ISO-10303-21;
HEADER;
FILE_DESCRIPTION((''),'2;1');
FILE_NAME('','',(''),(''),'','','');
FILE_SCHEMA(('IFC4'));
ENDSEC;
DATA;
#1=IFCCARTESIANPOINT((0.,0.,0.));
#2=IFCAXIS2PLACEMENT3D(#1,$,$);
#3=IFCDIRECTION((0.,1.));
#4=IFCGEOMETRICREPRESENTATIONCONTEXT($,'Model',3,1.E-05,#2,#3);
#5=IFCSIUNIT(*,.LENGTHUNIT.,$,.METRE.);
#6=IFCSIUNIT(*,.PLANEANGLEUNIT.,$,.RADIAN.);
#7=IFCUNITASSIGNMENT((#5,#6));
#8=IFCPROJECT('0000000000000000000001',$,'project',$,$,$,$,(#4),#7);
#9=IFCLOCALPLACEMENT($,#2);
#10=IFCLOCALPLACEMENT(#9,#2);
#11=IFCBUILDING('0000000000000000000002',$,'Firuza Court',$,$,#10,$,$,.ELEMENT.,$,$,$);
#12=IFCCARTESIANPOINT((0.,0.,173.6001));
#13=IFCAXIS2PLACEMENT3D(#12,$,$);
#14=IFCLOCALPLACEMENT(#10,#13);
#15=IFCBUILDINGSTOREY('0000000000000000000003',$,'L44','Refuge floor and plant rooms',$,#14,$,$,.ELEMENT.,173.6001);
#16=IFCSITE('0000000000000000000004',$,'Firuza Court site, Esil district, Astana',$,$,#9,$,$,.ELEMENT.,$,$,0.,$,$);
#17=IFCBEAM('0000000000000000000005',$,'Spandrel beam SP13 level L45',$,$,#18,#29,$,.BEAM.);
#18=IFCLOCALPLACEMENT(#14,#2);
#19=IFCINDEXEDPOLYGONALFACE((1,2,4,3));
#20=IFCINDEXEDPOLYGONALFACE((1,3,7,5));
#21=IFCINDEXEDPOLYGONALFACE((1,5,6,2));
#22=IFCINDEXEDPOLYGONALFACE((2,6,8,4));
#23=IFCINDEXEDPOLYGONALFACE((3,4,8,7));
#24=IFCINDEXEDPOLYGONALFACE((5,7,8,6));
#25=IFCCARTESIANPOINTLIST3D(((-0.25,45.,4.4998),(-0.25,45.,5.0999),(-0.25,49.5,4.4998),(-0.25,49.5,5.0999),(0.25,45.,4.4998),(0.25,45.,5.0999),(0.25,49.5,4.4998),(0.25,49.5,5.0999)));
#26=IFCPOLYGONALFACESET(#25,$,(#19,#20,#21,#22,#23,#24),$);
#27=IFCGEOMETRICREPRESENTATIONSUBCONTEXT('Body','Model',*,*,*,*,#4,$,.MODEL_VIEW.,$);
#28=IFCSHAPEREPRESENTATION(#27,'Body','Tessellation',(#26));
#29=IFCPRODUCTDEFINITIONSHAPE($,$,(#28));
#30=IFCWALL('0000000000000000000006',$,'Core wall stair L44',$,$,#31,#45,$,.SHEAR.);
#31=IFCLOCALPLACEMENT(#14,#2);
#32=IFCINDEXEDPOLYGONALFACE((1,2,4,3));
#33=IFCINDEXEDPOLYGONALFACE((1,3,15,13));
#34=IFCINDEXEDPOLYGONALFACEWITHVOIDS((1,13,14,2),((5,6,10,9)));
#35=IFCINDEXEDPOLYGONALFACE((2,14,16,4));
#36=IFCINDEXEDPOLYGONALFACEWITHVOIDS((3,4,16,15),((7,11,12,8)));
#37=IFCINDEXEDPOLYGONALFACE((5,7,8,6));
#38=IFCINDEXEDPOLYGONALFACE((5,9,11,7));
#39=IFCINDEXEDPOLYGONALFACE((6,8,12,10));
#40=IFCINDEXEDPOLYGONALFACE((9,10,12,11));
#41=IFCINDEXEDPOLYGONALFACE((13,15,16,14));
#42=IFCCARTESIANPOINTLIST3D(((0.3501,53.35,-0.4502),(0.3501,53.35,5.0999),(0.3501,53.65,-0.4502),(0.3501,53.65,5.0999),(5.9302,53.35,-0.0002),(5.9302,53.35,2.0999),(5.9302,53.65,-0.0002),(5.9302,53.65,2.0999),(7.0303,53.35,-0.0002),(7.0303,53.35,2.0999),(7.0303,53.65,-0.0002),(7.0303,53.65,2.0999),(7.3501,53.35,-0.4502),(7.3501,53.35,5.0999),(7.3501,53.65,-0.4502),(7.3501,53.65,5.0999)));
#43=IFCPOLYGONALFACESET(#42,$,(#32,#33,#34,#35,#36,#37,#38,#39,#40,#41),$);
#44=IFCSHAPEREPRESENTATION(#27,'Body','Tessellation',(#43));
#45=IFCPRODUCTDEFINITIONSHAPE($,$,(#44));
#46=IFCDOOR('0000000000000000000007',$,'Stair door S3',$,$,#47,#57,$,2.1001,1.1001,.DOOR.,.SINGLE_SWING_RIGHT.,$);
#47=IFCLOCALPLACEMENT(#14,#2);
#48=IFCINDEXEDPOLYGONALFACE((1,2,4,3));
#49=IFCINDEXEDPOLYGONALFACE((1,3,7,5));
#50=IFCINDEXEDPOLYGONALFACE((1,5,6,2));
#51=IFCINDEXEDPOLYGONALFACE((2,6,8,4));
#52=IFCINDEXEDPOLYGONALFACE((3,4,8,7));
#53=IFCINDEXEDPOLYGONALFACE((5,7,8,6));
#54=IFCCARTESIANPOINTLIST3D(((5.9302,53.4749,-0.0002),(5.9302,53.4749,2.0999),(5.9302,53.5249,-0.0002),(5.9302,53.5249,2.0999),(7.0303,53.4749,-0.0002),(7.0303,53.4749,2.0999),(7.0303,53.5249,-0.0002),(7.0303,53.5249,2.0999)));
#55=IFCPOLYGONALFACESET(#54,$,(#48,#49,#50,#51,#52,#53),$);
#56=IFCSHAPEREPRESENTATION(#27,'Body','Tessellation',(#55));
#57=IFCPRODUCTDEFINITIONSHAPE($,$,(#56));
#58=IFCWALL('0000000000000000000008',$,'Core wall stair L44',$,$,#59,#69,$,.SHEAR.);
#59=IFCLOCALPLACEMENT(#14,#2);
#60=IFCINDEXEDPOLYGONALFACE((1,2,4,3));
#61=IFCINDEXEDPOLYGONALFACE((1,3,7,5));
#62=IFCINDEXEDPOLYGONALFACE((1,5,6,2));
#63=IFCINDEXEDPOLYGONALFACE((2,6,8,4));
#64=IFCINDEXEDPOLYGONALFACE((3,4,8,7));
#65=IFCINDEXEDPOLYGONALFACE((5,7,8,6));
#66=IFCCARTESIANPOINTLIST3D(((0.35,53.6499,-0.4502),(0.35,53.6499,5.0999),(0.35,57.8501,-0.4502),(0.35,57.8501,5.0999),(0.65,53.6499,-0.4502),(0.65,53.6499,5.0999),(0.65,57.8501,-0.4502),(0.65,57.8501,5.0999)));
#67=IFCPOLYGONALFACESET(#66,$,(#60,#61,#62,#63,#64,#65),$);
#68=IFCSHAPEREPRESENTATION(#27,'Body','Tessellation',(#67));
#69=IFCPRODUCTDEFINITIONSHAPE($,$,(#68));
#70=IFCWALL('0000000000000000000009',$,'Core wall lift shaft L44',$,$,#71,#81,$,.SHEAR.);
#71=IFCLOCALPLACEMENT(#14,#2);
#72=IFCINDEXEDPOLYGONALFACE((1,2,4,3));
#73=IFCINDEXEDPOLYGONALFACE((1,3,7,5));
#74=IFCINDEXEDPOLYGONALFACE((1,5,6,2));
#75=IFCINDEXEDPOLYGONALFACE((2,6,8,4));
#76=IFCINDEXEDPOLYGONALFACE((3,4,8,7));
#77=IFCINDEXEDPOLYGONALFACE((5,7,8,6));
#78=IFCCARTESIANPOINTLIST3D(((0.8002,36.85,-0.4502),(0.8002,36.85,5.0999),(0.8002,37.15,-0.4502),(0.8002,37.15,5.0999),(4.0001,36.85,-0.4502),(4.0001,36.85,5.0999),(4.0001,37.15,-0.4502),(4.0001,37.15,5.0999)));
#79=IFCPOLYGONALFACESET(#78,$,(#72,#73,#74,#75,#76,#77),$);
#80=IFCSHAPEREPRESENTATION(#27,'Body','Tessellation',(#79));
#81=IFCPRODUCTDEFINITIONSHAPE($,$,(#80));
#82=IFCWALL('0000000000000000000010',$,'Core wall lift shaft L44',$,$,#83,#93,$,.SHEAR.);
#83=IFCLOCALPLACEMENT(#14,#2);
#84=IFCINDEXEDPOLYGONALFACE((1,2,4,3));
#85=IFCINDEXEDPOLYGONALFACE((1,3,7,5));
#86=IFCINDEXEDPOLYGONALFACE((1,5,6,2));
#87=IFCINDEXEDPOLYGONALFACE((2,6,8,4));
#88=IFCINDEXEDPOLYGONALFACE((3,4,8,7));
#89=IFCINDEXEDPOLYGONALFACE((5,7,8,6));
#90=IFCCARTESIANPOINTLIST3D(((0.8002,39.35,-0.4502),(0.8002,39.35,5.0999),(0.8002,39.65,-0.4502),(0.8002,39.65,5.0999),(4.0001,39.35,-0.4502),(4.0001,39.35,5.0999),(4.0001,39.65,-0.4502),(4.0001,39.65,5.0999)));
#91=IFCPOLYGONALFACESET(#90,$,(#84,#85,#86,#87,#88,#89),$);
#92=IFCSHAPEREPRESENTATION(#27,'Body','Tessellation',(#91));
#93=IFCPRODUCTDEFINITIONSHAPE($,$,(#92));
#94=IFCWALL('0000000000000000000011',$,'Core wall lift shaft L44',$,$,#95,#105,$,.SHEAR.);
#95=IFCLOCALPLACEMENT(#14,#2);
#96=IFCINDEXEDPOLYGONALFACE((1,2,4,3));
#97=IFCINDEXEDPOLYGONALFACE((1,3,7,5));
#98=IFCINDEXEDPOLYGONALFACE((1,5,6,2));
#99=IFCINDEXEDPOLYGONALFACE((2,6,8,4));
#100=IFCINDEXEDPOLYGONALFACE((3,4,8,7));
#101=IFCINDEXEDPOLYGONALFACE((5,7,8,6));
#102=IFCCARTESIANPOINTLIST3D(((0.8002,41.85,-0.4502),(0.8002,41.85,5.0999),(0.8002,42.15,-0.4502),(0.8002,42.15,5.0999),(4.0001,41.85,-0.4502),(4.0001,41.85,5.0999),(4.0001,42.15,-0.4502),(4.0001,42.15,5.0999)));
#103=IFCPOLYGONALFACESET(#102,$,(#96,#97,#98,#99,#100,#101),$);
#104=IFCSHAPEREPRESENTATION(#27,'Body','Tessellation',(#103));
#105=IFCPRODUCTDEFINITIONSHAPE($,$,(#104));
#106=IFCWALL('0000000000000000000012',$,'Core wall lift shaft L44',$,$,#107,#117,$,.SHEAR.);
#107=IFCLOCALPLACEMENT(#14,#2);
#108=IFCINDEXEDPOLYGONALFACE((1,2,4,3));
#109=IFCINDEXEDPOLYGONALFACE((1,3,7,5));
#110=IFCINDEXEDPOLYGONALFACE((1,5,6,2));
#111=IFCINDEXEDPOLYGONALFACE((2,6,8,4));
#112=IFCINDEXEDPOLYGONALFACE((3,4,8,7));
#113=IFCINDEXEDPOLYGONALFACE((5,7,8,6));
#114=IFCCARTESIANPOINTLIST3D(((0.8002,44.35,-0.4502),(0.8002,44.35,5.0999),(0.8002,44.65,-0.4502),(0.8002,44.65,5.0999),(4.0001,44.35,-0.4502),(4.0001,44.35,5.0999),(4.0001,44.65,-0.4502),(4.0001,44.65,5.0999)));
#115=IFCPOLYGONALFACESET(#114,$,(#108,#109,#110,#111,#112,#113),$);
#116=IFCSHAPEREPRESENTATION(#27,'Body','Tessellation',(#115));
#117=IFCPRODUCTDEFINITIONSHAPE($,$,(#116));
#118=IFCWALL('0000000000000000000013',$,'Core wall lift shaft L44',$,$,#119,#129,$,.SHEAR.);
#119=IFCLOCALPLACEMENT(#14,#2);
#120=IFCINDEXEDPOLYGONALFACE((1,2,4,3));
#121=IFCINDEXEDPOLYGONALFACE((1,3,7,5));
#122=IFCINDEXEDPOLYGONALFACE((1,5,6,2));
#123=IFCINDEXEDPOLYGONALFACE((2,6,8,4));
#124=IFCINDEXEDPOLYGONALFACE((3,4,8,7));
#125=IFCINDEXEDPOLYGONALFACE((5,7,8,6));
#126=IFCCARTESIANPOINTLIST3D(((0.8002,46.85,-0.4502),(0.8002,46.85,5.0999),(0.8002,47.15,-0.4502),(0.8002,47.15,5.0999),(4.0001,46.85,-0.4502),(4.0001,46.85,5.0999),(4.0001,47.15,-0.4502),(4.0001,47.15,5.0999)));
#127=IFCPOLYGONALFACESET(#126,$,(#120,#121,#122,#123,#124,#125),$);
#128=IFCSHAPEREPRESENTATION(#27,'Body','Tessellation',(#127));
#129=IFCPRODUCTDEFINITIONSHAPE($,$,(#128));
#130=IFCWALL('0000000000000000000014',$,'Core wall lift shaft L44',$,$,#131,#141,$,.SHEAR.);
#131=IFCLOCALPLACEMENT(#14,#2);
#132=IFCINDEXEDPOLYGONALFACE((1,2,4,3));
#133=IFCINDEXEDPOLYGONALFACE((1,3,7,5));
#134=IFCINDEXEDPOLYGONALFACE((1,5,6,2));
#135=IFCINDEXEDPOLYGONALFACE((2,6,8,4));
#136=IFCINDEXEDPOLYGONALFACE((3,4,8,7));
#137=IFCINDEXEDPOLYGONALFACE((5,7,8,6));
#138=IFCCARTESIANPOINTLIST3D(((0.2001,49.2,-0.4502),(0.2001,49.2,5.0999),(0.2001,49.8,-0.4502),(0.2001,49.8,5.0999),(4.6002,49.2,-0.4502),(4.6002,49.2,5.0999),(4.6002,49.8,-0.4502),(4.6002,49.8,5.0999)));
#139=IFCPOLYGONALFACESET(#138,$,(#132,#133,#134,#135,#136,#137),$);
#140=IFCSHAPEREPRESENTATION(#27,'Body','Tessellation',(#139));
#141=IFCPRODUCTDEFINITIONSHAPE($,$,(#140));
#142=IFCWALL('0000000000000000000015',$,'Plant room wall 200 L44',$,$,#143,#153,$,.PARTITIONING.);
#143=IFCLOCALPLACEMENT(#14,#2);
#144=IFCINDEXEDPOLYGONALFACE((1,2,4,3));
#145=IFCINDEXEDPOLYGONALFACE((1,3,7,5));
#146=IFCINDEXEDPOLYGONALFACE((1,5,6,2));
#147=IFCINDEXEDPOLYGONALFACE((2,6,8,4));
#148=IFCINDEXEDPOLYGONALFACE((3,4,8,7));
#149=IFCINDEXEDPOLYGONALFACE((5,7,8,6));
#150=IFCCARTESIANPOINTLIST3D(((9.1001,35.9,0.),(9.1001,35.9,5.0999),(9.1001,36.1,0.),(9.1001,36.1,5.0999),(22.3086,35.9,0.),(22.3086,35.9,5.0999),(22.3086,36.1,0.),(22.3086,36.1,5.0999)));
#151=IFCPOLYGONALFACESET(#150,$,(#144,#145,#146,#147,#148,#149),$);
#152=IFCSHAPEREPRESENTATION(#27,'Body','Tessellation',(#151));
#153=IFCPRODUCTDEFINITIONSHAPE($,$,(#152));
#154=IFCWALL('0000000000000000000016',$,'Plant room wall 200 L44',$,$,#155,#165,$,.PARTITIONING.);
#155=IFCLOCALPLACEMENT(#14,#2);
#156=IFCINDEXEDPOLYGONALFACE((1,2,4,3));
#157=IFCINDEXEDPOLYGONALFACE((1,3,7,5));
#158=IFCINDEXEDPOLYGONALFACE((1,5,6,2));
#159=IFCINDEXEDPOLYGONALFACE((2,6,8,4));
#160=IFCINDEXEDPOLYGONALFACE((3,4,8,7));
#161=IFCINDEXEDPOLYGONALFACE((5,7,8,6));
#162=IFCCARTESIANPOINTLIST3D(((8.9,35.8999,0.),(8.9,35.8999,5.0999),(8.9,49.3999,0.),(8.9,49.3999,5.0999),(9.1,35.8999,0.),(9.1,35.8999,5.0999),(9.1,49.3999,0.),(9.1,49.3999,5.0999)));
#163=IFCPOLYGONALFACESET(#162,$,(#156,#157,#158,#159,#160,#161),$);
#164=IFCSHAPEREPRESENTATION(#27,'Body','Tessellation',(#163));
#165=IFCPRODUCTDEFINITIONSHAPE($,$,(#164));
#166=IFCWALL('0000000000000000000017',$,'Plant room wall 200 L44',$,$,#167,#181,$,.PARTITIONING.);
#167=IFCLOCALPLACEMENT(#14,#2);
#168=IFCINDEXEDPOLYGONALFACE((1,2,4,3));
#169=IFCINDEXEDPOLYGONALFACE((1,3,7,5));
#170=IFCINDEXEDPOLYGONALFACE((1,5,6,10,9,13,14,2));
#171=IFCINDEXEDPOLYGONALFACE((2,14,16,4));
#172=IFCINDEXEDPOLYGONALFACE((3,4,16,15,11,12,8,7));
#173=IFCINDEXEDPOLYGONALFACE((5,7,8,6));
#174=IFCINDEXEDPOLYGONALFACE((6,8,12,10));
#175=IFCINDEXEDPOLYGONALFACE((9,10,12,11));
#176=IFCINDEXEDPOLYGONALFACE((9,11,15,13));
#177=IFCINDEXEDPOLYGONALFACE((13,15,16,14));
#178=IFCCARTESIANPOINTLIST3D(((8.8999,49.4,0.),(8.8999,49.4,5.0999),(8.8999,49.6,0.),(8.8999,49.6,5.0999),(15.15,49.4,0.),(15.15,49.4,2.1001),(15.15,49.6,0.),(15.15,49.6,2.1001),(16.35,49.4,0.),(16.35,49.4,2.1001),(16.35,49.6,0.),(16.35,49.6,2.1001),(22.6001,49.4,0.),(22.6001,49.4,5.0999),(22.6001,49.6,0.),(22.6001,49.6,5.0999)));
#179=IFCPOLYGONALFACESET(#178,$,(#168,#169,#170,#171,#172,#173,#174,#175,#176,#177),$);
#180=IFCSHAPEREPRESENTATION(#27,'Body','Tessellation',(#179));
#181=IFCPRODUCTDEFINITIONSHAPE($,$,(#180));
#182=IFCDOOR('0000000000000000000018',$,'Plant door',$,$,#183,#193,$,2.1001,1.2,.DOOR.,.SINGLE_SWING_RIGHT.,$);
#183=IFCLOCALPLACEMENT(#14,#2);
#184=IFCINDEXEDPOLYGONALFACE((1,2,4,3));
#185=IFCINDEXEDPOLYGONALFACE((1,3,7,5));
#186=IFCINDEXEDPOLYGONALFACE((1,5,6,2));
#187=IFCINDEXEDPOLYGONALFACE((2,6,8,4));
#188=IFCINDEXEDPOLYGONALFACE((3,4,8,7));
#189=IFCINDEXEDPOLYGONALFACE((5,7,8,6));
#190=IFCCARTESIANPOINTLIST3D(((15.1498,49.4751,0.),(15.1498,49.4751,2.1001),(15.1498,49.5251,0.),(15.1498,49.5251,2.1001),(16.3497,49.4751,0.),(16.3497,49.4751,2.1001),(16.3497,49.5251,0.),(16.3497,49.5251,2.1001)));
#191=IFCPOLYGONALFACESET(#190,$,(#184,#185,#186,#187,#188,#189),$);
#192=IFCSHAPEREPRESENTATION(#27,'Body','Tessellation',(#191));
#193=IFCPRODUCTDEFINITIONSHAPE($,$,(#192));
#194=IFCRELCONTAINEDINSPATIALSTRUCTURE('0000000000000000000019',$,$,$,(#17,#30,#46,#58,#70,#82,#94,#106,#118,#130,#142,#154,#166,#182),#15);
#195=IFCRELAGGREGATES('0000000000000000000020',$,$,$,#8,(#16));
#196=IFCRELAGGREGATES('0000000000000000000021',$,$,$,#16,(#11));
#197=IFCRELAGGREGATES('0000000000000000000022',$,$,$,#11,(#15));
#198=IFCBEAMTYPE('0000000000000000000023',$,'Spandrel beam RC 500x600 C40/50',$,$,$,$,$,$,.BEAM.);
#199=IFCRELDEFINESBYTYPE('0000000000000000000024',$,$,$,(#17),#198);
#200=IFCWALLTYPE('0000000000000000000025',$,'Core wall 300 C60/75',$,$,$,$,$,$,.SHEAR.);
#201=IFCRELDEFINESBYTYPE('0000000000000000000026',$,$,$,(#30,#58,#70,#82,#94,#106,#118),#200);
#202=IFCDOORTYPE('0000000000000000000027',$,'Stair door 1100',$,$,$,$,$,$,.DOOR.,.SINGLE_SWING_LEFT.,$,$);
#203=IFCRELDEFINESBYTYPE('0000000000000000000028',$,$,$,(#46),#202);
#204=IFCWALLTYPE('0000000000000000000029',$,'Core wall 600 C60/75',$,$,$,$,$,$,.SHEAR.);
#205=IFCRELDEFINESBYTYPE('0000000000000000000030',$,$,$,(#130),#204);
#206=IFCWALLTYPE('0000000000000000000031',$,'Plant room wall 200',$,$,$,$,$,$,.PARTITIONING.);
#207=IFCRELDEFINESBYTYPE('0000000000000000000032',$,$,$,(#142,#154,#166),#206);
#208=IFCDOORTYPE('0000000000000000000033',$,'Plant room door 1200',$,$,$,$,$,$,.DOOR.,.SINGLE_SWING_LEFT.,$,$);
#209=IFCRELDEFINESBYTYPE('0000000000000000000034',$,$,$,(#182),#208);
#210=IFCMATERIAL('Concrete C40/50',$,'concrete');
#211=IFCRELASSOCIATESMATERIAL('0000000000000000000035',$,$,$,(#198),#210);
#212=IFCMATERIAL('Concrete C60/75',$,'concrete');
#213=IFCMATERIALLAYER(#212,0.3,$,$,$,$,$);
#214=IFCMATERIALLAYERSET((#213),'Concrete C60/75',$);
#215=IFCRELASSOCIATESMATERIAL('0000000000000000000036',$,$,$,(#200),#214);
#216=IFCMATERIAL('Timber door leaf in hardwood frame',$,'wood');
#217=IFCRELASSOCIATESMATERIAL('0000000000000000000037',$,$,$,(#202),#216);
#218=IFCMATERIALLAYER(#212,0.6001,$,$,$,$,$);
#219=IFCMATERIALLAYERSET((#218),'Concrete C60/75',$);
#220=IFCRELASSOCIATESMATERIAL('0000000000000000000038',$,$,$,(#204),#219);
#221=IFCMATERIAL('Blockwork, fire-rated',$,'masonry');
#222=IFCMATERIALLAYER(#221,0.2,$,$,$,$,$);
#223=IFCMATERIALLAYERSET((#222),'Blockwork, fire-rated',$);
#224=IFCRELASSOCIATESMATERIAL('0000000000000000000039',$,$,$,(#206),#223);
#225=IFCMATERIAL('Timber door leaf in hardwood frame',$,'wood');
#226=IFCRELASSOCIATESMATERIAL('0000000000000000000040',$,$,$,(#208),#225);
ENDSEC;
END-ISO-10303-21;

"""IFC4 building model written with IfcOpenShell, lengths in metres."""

from ifc_helpers import new_model, si_unit, direction, frame, frame_2d, origin, origin_2d, place, context, subcontext, project, spatial, rectangle, extrude, material, layer, layer_set, material_profile, profile_set, type_object, element, fill, save


model = new_model("IFC4")

# Units and contexts
model_context = context("Model", 3, precision=1e-05, world=origin(), true_north=direction((0.0, 1.0)))
body_context = subcontext(model_context, "Body", "Model", "MODEL_VIEW")
ifc_project = project(units=[si_unit("LENGTHUNIT", "METRE"), si_unit("PLANEANGLEUNIT", "RADIAN")], contexts=[model_context])

# Site, building, storey
site_placement = place(None, origin())
site = spatial("IfcSite", under=ifc_project, at=site_placement, Name="Firuza Court site, Esil district, Astana", CompositionType="ELEMENT", RefElevation=0.0)
building_placement = place(site_placement, origin())
building = spatial("IfcBuilding", under=site, at=building_placement, Name="Firuza Court", CompositionType="ELEMENT")
storey_placement = place(building_placement, frame((0.0, 0.0, 173.6001)))
storey = spatial("IfcBuildingStorey", under=building, at=storey_placement, Name="L44", Description="Refuge floor and plant rooms", CompositionType="ELEMENT", Elevation=173.6001)

# Beam
ifc_material_1 = material(Name="Concrete C40/50", Category="concrete")
ifc_material_profile_1 = material_profile(ifc_material_1, rectangle(XDim=0.5, YDim=0.6001, at=origin_2d()), Name="RC 500x600")
ifc_profile_set_1 = profile_set([ifc_material_profile_1], Name="Concrete C40/50")
beam_type_1 = type_object("IfcBeamType", Name="Spandrel beam RC 500x600 C40/50", PredefinedType="BEAM", material=ifc_profile_set_1)
for number, where, z_axis, x_axis, name in (
    (1, (0.0, 49.5, 4.7998), (0.0, -1.0, 0.0), (1.0, 0.0, 0.0), "Spandrel beam SP13 level L45"),
):
    element("IfcBeam", number, at=place(storey_placement, frame(where, z_axis=z_axis, x_axis=x_axis)), inside=storey, type_object=beam_type_1, Name=name, PredefinedType="BEAM", context=body_context, shape_type="SweptSolid", body=[
        extrude(rectangle(XDim=0.5, YDim=0.6001, at=origin_2d()), origin(), (0.0, 0.0, 1.0), 4.5),
    ])

# Wall, opening, door
ifc_material_2 = material(Name="Concrete C60/75", Category="concrete")
ifc_layer_1 = layer(ifc_material_2, 0.3)
ifc_layer_set_1 = layer_set([ifc_layer_1], Name="Concrete C60/75")
wall_type_1 = type_object("IfcWallType", Name="Core wall 300 C60/75", PredefinedType="SHEAR", material=ifc_layer_set_1)
wall_1_placement = place(storey_placement, frame((0.3501, 53.5, -0.4502), z_axis=(0.0, 0.0, 1.0), x_axis=(1.0, 0.0, 0.0)))
wall_1 = element("IfcWall", 2, at=wall_1_placement, inside=storey, type_object=wall_type_1, Name="Core wall stair L44", PredefinedType="SHEAR", context=body_context, shape_type="SweptSolid", body=[
    extrude(rectangle(XDim=7.0, YDim=0.3, at=frame_2d((3.5, 0.0))), origin(), (0.0, 0.0, 1.0), 5.55),
])
opening_1_placement = place(wall_1_placement, frame((5.5801, 0.0, 0.45)))
opening_1 = element("IfcOpeningElement", 3, at=opening_1_placement, cuts=wall_1, PredefinedType="OPENING", context=body_context, shape_type="SweptSolid", body=[
    extrude(rectangle(XDim=1.1001, YDim=2.1001, at=frame_2d((0.55, 1.05))), frame((0.0, 0.1621, 0.0), z_axis=(0.0, -1.0, 0.0), x_axis=(1.0, 0.0, 0.0)), (0.0, 0.0, 1.0), 0.324),
])
ifc_material_3 = material(Name="Timber door leaf in hardwood frame", Category="wood")
door_type_1 = type_object("IfcDoorType", Name="Stair door 1100", OperationType="SINGLE_SWING_LEFT", PredefinedType="DOOR", material=ifc_material_3)
door_1_placement = place(opening_1_placement, origin())
door_1 = element("IfcDoor", 4, at=door_1_placement, inside=storey, type_object=door_type_1, Name="Stair door S3", OperationType="SINGLE_SWING_RIGHT", OverallHeight=2.1001, OverallWidth=1.1001, PredefinedType="DOOR", context=body_context, shape_type="SweptSolid", body=[
    extrude(rectangle(XDim=1.1001, YDim=2.1001, at=frame_2d((0.55, 1.05))), frame((0.0, 0.0249, 0.0), z_axis=(0.0, -1.0, 0.0), x_axis=(1.0, 0.0, 0.0)), (0.0, 0.0, 1.0), 0.05),
])
fill(opening_1, door_1)

# Walls
wall_2_placement = place(storey_placement, frame((0.5, 53.6499, -0.4502), z_axis=(0.0, 0.0, 1.0), x_axis=(0.0, 1.0, 0.0)))
element("IfcWall", 5, at=wall_2_placement, inside=storey, type_object=wall_type_1, Name="Core wall stair L44", PredefinedType="SHEAR", context=body_context, shape_type="SweptSolid", body=[
    extrude(rectangle(XDim=4.2002, YDim=0.3, at=frame_2d((2.1001, 0.0))), origin(), (0.0, 0.0, 1.0), 5.55),
])
for number, where, z_axis, x_axis, name in (
    (6, (0.8, 37.0, -0.4502), (0.0, 0.0, 1.0), (1.0, 0.0, 0.0), "Core wall lift shaft L44"),
    (7, (0.8, 39.5, -0.4502), (0.0, 0.0, 1.0), (1.0, 0.0, 0.0), "Core wall lift shaft L44"),
    (8, (0.8, 42.0, -0.4502), (0.0, 0.0, 1.0), (1.0, 0.0, 0.0), "Core wall lift shaft L44"),
    (9, (0.8, 44.5, -0.4502), (0.0, 0.0, 1.0), (1.0, 0.0, 0.0), "Core wall lift shaft L44"),
    (10, (0.8, 47.0, -0.4502), (0.0, 0.0, 1.0), (1.0, 0.0, 0.0), "Core wall lift shaft L44"),
):
    element("IfcWall", number, at=place(storey_placement, frame(where, z_axis=z_axis, x_axis=x_axis)), inside=storey, type_object=wall_type_1, Name=name, PredefinedType="SHEAR", context=body_context, shape_type="SweptSolid", body=[
        extrude(rectangle(XDim=3.2, YDim=0.3, at=frame_2d((1.6001, 0.0))), origin(), (0.0, 0.0, 1.0), 5.55),
    ])
ifc_layer_2 = layer(ifc_material_2, 0.6001)
ifc_layer_set_2 = layer_set([ifc_layer_2], Name="Concrete C60/75")
wall_type_2 = type_object("IfcWallType", Name="Core wall 600 C60/75", PredefinedType="SHEAR", material=ifc_layer_set_2)
wall_3_placement = place(storey_placement, frame((0.2, 49.5, -0.4502), z_axis=(0.0, 0.0, 1.0), x_axis=(1.0, 0.0, 0.0)))
element("IfcWall", 11, at=wall_3_placement, inside=storey, type_object=wall_type_2, Name="Core wall lift shaft L44", PredefinedType="SHEAR", context=body_context, shape_type="SweptSolid", body=[
    extrude(rectangle(XDim=4.4001, YDim=0.6001, at=frame_2d((2.2002, 0.0))), origin(), (0.0, 0.0, 1.0), 5.55),
])
ifc_material_4 = material(Name="Blockwork, fire-rated", Category="masonry")
ifc_layer_3 = layer(ifc_material_4, 0.2)
ifc_layer_set_3 = layer_set([ifc_layer_3], Name="Blockwork, fire-rated")
wall_type_3 = type_object("IfcWallType", Name="Plant room wall 200", PredefinedType="PARTITIONING", material=ifc_layer_set_3)
wall_4_placement = place(storey_placement, frame((9.1001, 36.0, 0.0), z_axis=(0.0, 0.0, 1.0), x_axis=(1.0, 0.0, 0.0)))
element("IfcWall", 12, at=wall_4_placement, inside=storey, type_object=wall_type_3, Name="Plant room wall 200 L44", PredefinedType="PARTITIONING", context=body_context, shape_type="SweptSolid", body=[
    extrude(rectangle(XDim=13.2085, YDim=0.2, at=frame_2d((6.6042, 0.0))), origin(), (0.0, 0.0, 1.0), 5.0999),
])
wall_5_placement = place(storey_placement, frame((9.0, 35.8999, 0.0), z_axis=(0.0, 0.0, 1.0), x_axis=(0.0, 1.0, 0.0)))
element("IfcWall", 13, at=wall_5_placement, inside=storey, type_object=wall_type_3, Name="Plant room wall 200 L44", PredefinedType="PARTITIONING", context=body_context, shape_type="SweptSolid", body=[
    extrude(rectangle(XDim=13.5, YDim=0.2, at=frame_2d((6.75, 0.0))), origin(), (0.0, 0.0, 1.0), 5.0999),
])

# Wall, opening, door
wall_6_placement = place(storey_placement, frame((8.8999, 49.5, 0.0), z_axis=(0.0, 0.0, 1.0), x_axis=(1.0, 0.0, 0.0)))
wall_6 = element("IfcWall", 14, at=wall_6_placement, inside=storey, type_object=wall_type_3, Name="Plant room wall 200 L44", PredefinedType="PARTITIONING", context=body_context, shape_type="SweptSolid", body=[
    extrude(rectangle(XDim=13.7002, YDim=0.2, at=frame_2d((6.8501, 0.0))), origin(), (0.0, 0.0, 1.0), 5.0999),
])
opening_2_placement = place(wall_6_placement, frame((6.25, 0.0, 0.0)))
opening_2 = element("IfcOpeningElement", 15, at=opening_2_placement, cuts=wall_6, PredefinedType="OPENING", context=body_context, shape_type="SweptSolid", body=[
    extrude(rectangle(XDim=1.2, YDim=2.1001, at=frame_2d((0.6001, 1.05))), frame((0.0, 0.1118, 0.0), z_axis=(0.0, -1.0, 0.0), x_axis=(1.0, 0.0, 0.0)), (0.0, 0.0, 1.0), 0.2239),
])
ifc_material_5 = material(Name="Timber door leaf in hardwood frame", Category="wood")
door_type_2 = type_object("IfcDoorType", Name="Plant room door 1200", OperationType="SINGLE_SWING_LEFT", PredefinedType="DOOR", material=ifc_material_5)
door_2_placement = place(opening_2_placement, frame((1.2, 0.0, 0.0), z_axis=(0.0, 0.0, 1.0), x_axis=(-1.0, 0.0, 0.0)))
door_2 = element("IfcDoor", 16, at=door_2_placement, inside=storey, type_object=door_type_2, Name="Plant door", OperationType="SINGLE_SWING_RIGHT", OverallHeight=2.1001, OverallWidth=1.2, PredefinedType="DOOR", context=body_context, shape_type="SweptSolid", body=[
    extrude(rectangle(XDim=1.2, YDim=2.1001, at=frame_2d((0.6001, 1.05))), frame((0.0, 0.0249, 0.0), z_axis=(0.0, -1.0, 0.0), x_axis=(1.0, 0.0, 0.0)), (0.0, 0.0, 1.0), 0.05),
])
fill(opening_2, door_2)

save(model, "model.ifc")
